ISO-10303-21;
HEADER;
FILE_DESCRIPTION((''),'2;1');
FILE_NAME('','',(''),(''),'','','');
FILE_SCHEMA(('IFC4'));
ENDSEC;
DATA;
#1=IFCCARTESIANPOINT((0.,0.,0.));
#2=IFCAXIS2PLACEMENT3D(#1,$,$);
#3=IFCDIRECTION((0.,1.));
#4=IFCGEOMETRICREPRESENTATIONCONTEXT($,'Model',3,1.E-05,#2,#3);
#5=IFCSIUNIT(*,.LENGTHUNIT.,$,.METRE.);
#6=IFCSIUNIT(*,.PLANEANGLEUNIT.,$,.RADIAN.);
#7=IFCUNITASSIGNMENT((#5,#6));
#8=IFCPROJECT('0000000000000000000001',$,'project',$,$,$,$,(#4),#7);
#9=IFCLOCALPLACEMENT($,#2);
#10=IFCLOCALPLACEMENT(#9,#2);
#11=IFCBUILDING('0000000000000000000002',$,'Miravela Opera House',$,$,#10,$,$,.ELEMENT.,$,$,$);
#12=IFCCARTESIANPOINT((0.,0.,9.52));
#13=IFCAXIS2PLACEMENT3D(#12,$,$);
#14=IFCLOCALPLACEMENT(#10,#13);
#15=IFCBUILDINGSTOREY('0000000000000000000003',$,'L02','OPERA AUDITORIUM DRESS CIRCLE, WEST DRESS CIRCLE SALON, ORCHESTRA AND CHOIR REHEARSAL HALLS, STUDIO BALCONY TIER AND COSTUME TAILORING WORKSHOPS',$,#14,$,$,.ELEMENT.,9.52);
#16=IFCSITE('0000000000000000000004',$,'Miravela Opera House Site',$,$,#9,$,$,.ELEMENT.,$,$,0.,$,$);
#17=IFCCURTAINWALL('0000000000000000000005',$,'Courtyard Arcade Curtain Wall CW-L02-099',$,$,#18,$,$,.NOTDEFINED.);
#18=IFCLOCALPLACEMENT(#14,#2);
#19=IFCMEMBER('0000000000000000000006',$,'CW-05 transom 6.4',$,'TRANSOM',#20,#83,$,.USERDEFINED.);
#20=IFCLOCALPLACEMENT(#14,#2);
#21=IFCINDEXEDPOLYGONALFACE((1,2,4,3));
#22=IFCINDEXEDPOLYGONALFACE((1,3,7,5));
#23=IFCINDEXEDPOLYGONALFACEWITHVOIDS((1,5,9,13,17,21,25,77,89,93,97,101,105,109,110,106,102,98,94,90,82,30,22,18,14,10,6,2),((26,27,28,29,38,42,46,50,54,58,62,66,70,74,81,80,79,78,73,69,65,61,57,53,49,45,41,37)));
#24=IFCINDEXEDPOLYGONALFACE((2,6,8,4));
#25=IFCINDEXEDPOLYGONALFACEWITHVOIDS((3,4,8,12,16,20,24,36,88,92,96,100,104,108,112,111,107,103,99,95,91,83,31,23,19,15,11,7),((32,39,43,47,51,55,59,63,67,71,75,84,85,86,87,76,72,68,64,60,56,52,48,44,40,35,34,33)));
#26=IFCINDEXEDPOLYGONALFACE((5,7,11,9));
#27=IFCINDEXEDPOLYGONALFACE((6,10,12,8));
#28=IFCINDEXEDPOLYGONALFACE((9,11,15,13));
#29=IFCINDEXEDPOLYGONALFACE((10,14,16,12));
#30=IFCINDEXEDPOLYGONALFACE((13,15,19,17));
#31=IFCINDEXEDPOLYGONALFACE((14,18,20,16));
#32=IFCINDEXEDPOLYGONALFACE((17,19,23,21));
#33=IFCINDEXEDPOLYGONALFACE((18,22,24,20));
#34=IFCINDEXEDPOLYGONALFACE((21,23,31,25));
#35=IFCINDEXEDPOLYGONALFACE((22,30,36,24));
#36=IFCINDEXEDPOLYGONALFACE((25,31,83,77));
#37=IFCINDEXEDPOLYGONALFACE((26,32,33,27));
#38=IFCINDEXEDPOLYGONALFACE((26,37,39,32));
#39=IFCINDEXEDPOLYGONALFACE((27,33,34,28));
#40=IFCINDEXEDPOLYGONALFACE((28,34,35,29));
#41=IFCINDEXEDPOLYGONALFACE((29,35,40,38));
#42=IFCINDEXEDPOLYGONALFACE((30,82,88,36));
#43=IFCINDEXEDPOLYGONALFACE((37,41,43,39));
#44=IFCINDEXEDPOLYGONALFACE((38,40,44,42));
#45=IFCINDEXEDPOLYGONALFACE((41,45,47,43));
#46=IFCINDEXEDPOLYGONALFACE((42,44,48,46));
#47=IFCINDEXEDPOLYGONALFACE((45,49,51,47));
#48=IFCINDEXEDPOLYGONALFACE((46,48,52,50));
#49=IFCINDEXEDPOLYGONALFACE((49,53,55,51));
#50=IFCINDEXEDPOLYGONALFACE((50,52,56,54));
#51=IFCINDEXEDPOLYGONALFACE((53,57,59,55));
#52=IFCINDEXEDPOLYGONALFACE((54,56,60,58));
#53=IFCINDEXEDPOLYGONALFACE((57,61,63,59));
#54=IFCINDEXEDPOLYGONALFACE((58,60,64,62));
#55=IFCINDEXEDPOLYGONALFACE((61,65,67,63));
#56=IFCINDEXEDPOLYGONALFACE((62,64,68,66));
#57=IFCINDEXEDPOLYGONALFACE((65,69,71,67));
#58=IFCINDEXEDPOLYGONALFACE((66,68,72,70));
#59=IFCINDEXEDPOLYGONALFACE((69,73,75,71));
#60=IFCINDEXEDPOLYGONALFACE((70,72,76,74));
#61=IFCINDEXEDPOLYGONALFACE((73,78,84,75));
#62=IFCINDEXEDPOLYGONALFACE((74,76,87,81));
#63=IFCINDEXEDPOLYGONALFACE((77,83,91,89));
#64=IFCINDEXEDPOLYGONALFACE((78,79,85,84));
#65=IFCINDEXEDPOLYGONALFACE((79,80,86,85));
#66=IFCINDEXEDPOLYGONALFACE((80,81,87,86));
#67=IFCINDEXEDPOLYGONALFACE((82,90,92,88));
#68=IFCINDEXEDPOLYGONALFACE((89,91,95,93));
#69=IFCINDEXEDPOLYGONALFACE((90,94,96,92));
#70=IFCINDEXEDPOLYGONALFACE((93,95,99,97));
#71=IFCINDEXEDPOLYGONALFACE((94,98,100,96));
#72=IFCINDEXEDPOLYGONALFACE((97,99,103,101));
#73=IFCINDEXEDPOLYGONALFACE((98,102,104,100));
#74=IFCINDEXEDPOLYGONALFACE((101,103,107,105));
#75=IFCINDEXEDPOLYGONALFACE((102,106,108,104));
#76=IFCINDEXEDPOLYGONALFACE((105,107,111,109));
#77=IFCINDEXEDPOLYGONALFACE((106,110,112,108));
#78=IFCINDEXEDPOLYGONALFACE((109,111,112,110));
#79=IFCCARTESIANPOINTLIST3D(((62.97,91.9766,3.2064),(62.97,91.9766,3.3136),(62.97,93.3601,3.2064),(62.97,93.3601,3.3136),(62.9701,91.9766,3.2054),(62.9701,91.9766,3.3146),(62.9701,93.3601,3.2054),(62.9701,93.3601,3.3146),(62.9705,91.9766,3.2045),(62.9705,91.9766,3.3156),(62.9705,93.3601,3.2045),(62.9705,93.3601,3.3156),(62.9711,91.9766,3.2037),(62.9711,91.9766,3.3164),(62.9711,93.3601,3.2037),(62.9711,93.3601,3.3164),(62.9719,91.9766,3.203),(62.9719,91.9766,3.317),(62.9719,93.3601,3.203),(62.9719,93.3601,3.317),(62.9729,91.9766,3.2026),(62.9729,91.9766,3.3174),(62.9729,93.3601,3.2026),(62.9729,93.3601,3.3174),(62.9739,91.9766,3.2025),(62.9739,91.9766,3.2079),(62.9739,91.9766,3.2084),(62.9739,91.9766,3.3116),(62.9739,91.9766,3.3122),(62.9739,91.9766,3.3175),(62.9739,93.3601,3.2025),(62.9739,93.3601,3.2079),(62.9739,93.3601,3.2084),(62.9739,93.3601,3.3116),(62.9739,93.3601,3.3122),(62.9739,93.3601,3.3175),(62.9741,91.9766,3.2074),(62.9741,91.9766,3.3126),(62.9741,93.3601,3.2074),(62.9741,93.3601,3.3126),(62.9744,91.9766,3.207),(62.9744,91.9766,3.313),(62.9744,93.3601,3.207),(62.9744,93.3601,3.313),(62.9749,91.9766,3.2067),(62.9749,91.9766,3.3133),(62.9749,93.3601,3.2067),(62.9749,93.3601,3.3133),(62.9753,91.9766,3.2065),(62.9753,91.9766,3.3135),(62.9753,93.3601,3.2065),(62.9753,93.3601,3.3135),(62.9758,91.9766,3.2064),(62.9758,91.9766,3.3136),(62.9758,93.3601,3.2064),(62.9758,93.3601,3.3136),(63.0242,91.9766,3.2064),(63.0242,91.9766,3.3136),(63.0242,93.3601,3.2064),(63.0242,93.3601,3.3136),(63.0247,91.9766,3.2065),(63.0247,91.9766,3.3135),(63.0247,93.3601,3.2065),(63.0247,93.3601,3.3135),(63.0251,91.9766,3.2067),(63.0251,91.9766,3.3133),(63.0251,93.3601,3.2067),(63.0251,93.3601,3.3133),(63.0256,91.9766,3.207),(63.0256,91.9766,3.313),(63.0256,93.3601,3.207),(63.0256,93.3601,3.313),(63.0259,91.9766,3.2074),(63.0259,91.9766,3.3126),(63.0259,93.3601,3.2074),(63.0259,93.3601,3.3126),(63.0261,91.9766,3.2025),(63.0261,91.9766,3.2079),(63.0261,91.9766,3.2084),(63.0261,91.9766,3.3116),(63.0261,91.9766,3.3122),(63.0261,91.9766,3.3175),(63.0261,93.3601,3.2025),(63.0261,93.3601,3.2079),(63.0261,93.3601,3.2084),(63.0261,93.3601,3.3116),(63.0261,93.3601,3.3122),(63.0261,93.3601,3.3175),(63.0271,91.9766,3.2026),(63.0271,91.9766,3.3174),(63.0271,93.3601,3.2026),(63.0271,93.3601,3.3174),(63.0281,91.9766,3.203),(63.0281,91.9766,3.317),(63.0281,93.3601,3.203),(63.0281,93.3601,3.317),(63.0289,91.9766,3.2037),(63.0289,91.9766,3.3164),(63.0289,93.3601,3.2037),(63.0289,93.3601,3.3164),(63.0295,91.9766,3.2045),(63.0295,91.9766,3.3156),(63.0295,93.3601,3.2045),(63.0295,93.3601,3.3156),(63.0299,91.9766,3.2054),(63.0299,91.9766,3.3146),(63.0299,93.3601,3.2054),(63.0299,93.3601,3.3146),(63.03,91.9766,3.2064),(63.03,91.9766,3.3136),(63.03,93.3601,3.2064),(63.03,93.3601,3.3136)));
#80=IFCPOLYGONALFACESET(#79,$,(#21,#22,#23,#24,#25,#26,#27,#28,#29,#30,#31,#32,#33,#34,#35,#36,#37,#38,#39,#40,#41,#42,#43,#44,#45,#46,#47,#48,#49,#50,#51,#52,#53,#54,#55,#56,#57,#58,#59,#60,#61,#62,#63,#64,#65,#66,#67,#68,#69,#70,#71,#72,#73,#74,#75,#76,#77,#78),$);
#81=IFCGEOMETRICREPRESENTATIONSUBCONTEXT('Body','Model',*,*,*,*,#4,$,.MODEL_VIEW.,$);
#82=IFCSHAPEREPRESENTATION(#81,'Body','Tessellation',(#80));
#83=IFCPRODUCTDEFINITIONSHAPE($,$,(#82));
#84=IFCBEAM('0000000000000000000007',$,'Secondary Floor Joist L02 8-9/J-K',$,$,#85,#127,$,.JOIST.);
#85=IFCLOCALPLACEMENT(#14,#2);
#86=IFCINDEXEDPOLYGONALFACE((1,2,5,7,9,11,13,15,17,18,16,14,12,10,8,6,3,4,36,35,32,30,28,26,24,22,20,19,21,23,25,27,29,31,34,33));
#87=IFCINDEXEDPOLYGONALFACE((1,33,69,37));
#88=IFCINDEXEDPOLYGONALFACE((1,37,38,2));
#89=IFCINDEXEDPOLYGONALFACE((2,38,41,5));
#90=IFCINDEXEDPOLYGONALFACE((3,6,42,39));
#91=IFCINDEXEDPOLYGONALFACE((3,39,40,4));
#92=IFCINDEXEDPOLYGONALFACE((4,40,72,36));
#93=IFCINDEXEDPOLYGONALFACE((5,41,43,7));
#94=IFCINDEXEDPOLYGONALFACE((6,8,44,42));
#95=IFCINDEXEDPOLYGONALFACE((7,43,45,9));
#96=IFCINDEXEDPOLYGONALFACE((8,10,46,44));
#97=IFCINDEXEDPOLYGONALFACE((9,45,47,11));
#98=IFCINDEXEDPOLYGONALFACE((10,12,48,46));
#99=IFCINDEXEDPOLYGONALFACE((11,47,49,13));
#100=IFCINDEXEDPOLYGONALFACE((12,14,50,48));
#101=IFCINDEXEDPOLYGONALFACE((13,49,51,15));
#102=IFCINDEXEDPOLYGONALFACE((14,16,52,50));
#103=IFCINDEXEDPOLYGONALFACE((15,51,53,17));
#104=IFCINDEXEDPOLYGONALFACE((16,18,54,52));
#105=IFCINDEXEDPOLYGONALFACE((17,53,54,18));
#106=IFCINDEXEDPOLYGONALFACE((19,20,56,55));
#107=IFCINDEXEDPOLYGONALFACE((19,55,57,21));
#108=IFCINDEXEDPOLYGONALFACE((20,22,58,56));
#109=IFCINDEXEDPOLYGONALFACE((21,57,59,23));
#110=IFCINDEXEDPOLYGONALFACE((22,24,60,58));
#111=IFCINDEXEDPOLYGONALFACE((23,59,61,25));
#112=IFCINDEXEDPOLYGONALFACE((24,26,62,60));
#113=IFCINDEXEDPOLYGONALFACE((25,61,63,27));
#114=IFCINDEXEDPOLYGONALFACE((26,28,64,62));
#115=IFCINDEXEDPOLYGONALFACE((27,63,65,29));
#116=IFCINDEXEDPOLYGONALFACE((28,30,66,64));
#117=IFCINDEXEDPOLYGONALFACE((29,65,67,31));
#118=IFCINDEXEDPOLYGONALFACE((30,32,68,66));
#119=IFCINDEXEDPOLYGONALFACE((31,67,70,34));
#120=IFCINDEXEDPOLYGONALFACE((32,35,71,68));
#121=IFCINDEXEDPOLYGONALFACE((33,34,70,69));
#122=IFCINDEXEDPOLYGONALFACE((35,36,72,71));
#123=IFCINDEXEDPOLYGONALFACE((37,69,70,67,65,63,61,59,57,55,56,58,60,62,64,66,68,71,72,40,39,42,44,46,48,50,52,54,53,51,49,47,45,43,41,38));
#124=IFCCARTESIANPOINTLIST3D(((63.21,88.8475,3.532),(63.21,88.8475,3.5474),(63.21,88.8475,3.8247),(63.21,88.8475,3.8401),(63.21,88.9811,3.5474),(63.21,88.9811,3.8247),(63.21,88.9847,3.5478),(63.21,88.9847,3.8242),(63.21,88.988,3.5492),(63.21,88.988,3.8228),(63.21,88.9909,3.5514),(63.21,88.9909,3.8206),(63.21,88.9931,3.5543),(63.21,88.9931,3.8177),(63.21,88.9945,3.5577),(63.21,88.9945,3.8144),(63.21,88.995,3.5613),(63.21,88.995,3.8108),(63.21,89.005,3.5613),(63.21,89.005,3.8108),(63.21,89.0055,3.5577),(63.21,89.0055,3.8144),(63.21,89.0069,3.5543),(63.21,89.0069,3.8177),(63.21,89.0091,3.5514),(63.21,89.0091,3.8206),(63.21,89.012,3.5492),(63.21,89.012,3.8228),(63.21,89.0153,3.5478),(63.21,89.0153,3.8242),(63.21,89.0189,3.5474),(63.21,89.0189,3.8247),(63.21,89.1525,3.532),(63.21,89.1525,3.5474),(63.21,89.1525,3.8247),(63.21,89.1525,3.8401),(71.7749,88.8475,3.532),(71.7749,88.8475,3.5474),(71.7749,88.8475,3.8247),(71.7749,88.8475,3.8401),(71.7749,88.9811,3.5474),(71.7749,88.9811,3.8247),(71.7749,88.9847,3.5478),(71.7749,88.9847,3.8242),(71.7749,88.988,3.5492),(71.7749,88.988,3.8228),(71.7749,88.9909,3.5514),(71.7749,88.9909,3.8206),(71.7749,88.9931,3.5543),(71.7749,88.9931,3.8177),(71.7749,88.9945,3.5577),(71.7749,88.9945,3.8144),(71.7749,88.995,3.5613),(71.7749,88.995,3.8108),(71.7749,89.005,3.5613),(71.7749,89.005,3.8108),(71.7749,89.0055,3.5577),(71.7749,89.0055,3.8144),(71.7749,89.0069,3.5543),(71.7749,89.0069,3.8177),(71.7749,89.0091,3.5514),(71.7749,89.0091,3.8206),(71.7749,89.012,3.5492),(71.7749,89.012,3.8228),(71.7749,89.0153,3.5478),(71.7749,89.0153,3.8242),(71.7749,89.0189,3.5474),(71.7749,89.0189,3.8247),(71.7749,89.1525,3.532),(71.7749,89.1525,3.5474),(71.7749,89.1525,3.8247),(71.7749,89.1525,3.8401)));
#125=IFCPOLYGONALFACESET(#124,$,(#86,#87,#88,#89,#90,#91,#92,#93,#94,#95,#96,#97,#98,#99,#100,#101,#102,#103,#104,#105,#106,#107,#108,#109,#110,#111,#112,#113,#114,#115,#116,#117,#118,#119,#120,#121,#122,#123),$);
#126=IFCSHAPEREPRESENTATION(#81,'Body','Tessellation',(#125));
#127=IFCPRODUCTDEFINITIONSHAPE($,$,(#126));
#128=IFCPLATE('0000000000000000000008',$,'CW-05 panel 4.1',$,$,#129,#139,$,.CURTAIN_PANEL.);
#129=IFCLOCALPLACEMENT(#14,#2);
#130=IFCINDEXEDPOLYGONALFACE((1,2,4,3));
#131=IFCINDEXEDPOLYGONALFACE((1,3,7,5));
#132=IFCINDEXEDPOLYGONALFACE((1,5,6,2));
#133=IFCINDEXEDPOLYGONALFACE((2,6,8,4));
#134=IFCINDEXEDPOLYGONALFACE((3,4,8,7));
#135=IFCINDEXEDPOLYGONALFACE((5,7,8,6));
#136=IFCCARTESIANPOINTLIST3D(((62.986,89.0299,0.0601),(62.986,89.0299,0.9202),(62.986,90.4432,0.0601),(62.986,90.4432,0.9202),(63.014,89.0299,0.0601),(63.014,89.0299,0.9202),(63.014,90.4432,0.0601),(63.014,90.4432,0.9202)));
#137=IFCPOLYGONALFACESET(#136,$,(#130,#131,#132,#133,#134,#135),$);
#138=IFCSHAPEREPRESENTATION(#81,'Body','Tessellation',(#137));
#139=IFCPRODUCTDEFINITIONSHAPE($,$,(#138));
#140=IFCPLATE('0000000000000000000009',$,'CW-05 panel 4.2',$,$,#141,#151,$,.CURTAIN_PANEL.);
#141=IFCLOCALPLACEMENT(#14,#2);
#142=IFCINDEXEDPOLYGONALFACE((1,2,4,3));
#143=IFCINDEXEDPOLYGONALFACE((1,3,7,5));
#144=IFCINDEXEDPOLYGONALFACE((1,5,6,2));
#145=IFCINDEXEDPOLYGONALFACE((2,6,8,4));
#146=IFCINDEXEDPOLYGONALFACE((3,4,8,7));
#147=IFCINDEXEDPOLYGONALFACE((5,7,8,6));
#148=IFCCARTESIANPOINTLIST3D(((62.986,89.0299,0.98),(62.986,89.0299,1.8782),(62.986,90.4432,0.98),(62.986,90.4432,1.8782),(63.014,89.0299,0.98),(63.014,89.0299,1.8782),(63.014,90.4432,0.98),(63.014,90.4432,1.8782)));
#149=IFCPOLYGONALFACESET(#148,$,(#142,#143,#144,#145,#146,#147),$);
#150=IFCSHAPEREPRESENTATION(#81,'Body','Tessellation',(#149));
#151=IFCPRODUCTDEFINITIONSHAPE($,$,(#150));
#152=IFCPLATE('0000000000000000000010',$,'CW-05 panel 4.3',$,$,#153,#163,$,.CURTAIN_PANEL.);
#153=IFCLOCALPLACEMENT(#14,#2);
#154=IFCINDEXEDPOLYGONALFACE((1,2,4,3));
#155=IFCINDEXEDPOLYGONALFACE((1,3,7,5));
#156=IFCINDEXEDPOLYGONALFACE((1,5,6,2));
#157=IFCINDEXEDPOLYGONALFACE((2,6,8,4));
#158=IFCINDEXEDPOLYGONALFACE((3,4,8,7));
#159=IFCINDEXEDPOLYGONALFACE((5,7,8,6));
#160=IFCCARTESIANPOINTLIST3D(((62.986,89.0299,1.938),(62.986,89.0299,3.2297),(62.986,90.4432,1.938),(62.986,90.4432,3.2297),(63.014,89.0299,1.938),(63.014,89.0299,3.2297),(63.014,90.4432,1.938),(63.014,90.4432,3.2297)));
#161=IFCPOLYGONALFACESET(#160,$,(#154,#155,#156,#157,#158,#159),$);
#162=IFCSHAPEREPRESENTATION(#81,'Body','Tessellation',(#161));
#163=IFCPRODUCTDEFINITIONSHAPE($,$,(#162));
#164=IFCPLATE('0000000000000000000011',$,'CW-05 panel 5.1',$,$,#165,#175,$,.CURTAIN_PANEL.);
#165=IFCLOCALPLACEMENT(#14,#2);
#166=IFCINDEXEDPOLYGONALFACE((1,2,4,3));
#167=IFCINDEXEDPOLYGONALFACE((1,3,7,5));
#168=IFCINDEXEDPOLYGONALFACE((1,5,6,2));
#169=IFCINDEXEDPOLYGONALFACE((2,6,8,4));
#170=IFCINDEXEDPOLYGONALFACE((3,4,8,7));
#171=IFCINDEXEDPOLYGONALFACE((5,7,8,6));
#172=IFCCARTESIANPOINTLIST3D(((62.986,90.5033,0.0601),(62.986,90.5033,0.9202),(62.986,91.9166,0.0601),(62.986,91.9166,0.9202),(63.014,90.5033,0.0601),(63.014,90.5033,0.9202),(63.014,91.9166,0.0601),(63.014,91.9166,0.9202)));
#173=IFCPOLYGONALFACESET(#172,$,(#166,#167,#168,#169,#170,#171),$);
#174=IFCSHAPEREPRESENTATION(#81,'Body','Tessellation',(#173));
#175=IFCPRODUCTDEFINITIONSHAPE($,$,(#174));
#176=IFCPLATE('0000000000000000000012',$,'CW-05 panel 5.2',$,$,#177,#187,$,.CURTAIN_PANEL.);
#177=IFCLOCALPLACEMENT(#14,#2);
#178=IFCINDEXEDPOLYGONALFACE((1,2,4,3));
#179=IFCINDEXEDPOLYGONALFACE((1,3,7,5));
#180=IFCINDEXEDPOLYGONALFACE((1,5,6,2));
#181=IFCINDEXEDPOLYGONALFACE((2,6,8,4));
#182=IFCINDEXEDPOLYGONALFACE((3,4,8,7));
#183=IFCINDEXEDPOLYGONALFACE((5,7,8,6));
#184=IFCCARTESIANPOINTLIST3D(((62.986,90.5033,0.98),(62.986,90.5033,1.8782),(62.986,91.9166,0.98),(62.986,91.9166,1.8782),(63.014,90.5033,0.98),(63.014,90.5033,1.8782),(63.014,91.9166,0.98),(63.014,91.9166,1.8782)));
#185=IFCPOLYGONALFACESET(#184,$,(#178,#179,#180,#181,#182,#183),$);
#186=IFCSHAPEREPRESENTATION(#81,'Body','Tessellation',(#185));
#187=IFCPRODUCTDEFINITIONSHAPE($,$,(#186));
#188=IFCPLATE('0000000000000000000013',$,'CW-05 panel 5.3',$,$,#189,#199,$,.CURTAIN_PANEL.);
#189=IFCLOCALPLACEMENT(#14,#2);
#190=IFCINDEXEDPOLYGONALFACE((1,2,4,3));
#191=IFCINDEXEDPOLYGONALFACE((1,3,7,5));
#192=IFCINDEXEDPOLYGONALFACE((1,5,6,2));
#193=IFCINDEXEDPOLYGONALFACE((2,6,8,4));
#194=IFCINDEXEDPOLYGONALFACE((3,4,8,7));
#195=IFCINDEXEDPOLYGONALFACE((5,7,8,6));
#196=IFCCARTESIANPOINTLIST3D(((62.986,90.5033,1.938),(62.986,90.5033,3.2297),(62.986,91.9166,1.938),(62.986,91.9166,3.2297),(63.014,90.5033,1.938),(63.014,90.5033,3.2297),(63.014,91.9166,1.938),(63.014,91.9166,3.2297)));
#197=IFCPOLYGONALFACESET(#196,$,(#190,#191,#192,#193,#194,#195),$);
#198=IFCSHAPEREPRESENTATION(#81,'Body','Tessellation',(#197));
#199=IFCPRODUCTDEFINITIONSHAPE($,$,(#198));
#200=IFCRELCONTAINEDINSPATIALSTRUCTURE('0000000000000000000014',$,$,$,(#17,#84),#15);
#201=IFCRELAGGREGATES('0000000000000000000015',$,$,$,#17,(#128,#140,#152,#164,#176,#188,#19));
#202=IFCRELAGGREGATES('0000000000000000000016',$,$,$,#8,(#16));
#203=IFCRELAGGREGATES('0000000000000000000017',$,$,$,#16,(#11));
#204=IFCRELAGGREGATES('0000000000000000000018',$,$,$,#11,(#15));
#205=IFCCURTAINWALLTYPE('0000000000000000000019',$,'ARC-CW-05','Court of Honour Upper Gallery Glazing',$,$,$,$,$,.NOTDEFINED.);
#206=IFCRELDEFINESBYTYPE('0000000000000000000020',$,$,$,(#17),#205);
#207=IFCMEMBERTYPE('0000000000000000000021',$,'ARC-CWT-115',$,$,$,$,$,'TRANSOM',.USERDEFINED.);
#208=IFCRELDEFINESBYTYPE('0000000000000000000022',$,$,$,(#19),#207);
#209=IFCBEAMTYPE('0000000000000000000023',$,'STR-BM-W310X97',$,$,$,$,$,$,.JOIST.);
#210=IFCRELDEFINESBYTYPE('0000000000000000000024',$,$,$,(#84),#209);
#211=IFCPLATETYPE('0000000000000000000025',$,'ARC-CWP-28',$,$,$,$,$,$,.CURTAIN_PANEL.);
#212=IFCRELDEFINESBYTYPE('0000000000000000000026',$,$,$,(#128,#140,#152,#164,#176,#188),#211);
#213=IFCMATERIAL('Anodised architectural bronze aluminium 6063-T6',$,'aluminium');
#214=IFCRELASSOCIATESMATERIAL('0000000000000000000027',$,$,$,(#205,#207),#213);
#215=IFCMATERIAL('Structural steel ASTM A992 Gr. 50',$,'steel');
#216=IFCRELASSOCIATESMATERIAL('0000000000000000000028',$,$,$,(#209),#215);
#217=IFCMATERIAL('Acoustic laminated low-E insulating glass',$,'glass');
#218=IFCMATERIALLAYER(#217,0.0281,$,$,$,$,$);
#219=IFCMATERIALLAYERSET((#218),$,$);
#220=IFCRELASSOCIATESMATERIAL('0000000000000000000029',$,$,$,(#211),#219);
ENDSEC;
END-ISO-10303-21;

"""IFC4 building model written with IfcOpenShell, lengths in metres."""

from ifc_helpers import new_model, si_unit, direction, frame, origin, origin_2d, place, context, subcontext, project, spatial, rectangle, hollow_rectangle, i_section, extrude, material, layer, layer_set, material_profile, profile_set, type_object, element, aggregate, save


model = new_model("IFC4")

# Units and contexts
model_context = context("Model", 3, precision=1e-05, world=origin(), true_north=direction((0.0, 1.0)))
body_context = subcontext(model_context, "Body", "Model", "MODEL_VIEW")
ifc_project = project(units=[si_unit("LENGTHUNIT", "METRE"), si_unit("PLANEANGLEUNIT", "RADIAN")], contexts=[model_context])

# Site, building, storey
site_placement = place(None, origin())
site = spatial("IfcSite", under=ifc_project, at=site_placement, Name="Miravela Opera House Site", CompositionType="ELEMENT", RefElevation=0.0)
building_placement = place(site_placement, origin())
building = spatial("IfcBuilding", under=site, at=building_placement, Name="Miravela Opera House", CompositionType="ELEMENT")
storey_placement = place(building_placement, frame((0.0, 0.0, 9.52)))
storey = spatial("IfcBuildingStorey", under=building, at=storey_placement, Name="L02", Description="OPERA AUDITORIUM DRESS CIRCLE, WEST DRESS CIRCLE SALON, ORCHESTRA AND CHOIR REHEARSAL HALLS, STUDIO BALCONY TIER AND COSTUME TAILORING WORKSHOPS", CompositionType="ELEMENT", Elevation=9.52)

# Curtain wall, member
ifc_material_1 = material(Name="Anodised architectural bronze aluminium 6063-T6", Category="aluminium")
curtain_wall_type = type_object("IfcCurtainWallType", Name="ARC-CW-05", Description="Court of Honour Upper Gallery Glazing", PredefinedType="NOTDEFINED", material=ifc_material_1)
curtain_wall_placement = place(storey_placement, origin())
curtain_wall = element("IfcCurtainWall", 1, at=curtain_wall_placement, inside=storey, type_object=curtain_wall_type, Name="Courtyard Arcade Curtain Wall CW-L02-099", PredefinedType="NOTDEFINED")
ifc_material_profile_1 = material_profile(ifc_material_1, hollow_rectangle(XDim=0.0601, YDim=0.115, WallThickness=0.0039, InnerFilletRadius=0.002, OuterFilletRadius=0.0039, at=origin_2d()), Name="CWT-60X115")
ifc_profile_set_1 = profile_set([ifc_material_profile_1])
member_type_1 = type_object("IfcMemberType", Name="ARC-CWT-115", ElementType="TRANSOM", PredefinedType="USERDEFINED", material=ifc_profile_set_1)
member_1_placement = place(storey_placement, frame((63.0, 91.9766, 3.26), z_axis=(0.0, 1.0, 0.0), x_axis=(-1.0, 0.0, 0.0)))
member_1 = element("IfcMember", 2, at=member_1_placement, type_object=member_type_1, Name="CW-05 transom 6.4", ObjectType="TRANSOM", PredefinedType="USERDEFINED", context=body_context, shape_type="SweptSolid", body=[
    extrude(hollow_rectangle(XDim=0.0601, YDim=0.115, WallThickness=0.0039, InnerFilletRadius=0.002, OuterFilletRadius=0.0039, at=origin_2d()), origin(), (0.0, 0.0, 1.0), 1.3835),
])

# Beam
ifc_material_2 = material(Name="Structural steel ASTM A992 Gr. 50", Category="steel")
ifc_material_profile_2 = material_profile(ifc_material_2, i_section(OverallWidth=0.3049, OverallDepth=0.3081, WebThickness=0.01, FlangeThickness=0.0154, FilletRadius=0.0139, at=origin_2d()), Name="W310X97")
ifc_profile_set_2 = profile_set([ifc_material_profile_2])
beam_type = type_object("IfcBeamType", Name="STR-BM-W310X97", PredefinedType="JOIST", material=ifc_profile_set_2)
beam_placement = place(storey_placement, frame((63.21, 89.0, 3.686), z_axis=(1.0, 0.0, 0.0), x_axis=(0.0, 1.0, 0.0)))
element("IfcBeam", 3, at=beam_placement, inside=storey, type_object=beam_type, Name="Secondary Floor Joist L02 8-9/J-K", PredefinedType="JOIST", context=body_context, shape_type="SweptSolid", body=[
    extrude(i_section(OverallWidth=0.3049, OverallDepth=0.3081, WebThickness=0.01, FlangeThickness=0.0154, FilletRadius=0.0139, at=origin_2d()), origin(), (0.0, 0.0, 1.0), 8.5649),
])

# Plates
ifc_material_3 = material(Name="Acoustic laminated low-E insulating glass", Category="glass")
ifc_layer = layer(ifc_material_3, 0.0281)
ifc_layer_set = layer_set([ifc_layer])
plate_type = type_object("IfcPlateType", Name="ARC-CWP-28", PredefinedType="CURTAIN_PANEL", material=ifc_layer_set)
plate_1_placement = place(storey_placement, frame((63.0, 89.7366, 0.0601), z_axis=(0.0, 0.0, 1.0), x_axis=(0.0, 1.0, 0.0)))
plate_1 = element("IfcPlate", 4, at=plate_1_placement, type_object=plate_type, Name="CW-05 panel 4.1", PredefinedType="CURTAIN_PANEL", context=body_context, shape_type="SweptSolid", body=[
    extrude(rectangle(XDim=1.4133, YDim=0.0281, at=origin_2d()), origin(), (0.0, 0.0, 1.0), 0.8601),
])
plate_2_placement = place(storey_placement, frame((63.0, 89.7366, 0.98), z_axis=(0.0, 0.0, 1.0), x_axis=(0.0, 1.0, 0.0)))
plate_2 = element("IfcPlate", 5, at=plate_2_placement, type_object=plate_type, Name="CW-05 panel 4.2", PredefinedType="CURTAIN_PANEL", context=body_context, shape_type="SweptSolid", body=[
    extrude(rectangle(XDim=1.4133, YDim=0.0281, at=origin_2d()), origin(), (0.0, 0.0, 1.0), 0.8982),
])
plate_3_placement = place(storey_placement, frame((63.0, 89.7366, 1.938), z_axis=(0.0, 0.0, 1.0), x_axis=(0.0, 1.0, 0.0)))
plate_3 = element("IfcPlate", 6, at=plate_3_placement, type_object=plate_type, Name="CW-05 panel 4.3", PredefinedType="CURTAIN_PANEL", context=body_context, shape_type="SweptSolid", body=[
    extrude(rectangle(XDim=1.4133, YDim=0.0281, at=origin_2d()), origin(), (0.0, 0.0, 1.0), 1.2917),
])
plate_4_placement = place(storey_placement, frame((63.0, 91.21, 0.0601), z_axis=(0.0, 0.0, 1.0), x_axis=(0.0, 1.0, 0.0)))
plate_4 = element("IfcPlate", 7, at=plate_4_placement, type_object=plate_type, Name="CW-05 panel 5.1", PredefinedType="CURTAIN_PANEL", context=body_context, shape_type="SweptSolid", body=[
    extrude(rectangle(XDim=1.4133, YDim=0.0281, at=origin_2d()), origin(), (0.0, 0.0, 1.0), 0.8601),
])
plate_5_placement = place(storey_placement, frame((63.0, 91.21, 0.98), z_axis=(0.0, 0.0, 1.0), x_axis=(0.0, 1.0, 0.0)))
plate_5 = element("IfcPlate", 8, at=plate_5_placement, type_object=plate_type, Name="CW-05 panel 5.2", PredefinedType="CURTAIN_PANEL", context=body_context, shape_type="SweptSolid", body=[
    extrude(rectangle(XDim=1.4133, YDim=0.0281, at=origin_2d()), origin(), (0.0, 0.0, 1.0), 0.8982),
])
plate_6_placement = place(storey_placement, frame((63.0, 91.21, 1.938), z_axis=(0.0, 0.0, 1.0), x_axis=(0.0, 1.0, 0.0)))
plate_6 = element("IfcPlate", 9, at=plate_6_placement, type_object=plate_type, Name="CW-05 panel 5.3", PredefinedType="CURTAIN_PANEL", context=body_context, shape_type="SweptSolid", body=[
    extrude(rectangle(XDim=1.4133, YDim=0.0281, at=origin_2d()), origin(), (0.0, 0.0, 1.0), 1.2917),
])
aggregate(curtain_wall, [plate_1, plate_2, plate_3, plate_4, plate_5, plate_6, member_1])

save(model, "model.ifc")
